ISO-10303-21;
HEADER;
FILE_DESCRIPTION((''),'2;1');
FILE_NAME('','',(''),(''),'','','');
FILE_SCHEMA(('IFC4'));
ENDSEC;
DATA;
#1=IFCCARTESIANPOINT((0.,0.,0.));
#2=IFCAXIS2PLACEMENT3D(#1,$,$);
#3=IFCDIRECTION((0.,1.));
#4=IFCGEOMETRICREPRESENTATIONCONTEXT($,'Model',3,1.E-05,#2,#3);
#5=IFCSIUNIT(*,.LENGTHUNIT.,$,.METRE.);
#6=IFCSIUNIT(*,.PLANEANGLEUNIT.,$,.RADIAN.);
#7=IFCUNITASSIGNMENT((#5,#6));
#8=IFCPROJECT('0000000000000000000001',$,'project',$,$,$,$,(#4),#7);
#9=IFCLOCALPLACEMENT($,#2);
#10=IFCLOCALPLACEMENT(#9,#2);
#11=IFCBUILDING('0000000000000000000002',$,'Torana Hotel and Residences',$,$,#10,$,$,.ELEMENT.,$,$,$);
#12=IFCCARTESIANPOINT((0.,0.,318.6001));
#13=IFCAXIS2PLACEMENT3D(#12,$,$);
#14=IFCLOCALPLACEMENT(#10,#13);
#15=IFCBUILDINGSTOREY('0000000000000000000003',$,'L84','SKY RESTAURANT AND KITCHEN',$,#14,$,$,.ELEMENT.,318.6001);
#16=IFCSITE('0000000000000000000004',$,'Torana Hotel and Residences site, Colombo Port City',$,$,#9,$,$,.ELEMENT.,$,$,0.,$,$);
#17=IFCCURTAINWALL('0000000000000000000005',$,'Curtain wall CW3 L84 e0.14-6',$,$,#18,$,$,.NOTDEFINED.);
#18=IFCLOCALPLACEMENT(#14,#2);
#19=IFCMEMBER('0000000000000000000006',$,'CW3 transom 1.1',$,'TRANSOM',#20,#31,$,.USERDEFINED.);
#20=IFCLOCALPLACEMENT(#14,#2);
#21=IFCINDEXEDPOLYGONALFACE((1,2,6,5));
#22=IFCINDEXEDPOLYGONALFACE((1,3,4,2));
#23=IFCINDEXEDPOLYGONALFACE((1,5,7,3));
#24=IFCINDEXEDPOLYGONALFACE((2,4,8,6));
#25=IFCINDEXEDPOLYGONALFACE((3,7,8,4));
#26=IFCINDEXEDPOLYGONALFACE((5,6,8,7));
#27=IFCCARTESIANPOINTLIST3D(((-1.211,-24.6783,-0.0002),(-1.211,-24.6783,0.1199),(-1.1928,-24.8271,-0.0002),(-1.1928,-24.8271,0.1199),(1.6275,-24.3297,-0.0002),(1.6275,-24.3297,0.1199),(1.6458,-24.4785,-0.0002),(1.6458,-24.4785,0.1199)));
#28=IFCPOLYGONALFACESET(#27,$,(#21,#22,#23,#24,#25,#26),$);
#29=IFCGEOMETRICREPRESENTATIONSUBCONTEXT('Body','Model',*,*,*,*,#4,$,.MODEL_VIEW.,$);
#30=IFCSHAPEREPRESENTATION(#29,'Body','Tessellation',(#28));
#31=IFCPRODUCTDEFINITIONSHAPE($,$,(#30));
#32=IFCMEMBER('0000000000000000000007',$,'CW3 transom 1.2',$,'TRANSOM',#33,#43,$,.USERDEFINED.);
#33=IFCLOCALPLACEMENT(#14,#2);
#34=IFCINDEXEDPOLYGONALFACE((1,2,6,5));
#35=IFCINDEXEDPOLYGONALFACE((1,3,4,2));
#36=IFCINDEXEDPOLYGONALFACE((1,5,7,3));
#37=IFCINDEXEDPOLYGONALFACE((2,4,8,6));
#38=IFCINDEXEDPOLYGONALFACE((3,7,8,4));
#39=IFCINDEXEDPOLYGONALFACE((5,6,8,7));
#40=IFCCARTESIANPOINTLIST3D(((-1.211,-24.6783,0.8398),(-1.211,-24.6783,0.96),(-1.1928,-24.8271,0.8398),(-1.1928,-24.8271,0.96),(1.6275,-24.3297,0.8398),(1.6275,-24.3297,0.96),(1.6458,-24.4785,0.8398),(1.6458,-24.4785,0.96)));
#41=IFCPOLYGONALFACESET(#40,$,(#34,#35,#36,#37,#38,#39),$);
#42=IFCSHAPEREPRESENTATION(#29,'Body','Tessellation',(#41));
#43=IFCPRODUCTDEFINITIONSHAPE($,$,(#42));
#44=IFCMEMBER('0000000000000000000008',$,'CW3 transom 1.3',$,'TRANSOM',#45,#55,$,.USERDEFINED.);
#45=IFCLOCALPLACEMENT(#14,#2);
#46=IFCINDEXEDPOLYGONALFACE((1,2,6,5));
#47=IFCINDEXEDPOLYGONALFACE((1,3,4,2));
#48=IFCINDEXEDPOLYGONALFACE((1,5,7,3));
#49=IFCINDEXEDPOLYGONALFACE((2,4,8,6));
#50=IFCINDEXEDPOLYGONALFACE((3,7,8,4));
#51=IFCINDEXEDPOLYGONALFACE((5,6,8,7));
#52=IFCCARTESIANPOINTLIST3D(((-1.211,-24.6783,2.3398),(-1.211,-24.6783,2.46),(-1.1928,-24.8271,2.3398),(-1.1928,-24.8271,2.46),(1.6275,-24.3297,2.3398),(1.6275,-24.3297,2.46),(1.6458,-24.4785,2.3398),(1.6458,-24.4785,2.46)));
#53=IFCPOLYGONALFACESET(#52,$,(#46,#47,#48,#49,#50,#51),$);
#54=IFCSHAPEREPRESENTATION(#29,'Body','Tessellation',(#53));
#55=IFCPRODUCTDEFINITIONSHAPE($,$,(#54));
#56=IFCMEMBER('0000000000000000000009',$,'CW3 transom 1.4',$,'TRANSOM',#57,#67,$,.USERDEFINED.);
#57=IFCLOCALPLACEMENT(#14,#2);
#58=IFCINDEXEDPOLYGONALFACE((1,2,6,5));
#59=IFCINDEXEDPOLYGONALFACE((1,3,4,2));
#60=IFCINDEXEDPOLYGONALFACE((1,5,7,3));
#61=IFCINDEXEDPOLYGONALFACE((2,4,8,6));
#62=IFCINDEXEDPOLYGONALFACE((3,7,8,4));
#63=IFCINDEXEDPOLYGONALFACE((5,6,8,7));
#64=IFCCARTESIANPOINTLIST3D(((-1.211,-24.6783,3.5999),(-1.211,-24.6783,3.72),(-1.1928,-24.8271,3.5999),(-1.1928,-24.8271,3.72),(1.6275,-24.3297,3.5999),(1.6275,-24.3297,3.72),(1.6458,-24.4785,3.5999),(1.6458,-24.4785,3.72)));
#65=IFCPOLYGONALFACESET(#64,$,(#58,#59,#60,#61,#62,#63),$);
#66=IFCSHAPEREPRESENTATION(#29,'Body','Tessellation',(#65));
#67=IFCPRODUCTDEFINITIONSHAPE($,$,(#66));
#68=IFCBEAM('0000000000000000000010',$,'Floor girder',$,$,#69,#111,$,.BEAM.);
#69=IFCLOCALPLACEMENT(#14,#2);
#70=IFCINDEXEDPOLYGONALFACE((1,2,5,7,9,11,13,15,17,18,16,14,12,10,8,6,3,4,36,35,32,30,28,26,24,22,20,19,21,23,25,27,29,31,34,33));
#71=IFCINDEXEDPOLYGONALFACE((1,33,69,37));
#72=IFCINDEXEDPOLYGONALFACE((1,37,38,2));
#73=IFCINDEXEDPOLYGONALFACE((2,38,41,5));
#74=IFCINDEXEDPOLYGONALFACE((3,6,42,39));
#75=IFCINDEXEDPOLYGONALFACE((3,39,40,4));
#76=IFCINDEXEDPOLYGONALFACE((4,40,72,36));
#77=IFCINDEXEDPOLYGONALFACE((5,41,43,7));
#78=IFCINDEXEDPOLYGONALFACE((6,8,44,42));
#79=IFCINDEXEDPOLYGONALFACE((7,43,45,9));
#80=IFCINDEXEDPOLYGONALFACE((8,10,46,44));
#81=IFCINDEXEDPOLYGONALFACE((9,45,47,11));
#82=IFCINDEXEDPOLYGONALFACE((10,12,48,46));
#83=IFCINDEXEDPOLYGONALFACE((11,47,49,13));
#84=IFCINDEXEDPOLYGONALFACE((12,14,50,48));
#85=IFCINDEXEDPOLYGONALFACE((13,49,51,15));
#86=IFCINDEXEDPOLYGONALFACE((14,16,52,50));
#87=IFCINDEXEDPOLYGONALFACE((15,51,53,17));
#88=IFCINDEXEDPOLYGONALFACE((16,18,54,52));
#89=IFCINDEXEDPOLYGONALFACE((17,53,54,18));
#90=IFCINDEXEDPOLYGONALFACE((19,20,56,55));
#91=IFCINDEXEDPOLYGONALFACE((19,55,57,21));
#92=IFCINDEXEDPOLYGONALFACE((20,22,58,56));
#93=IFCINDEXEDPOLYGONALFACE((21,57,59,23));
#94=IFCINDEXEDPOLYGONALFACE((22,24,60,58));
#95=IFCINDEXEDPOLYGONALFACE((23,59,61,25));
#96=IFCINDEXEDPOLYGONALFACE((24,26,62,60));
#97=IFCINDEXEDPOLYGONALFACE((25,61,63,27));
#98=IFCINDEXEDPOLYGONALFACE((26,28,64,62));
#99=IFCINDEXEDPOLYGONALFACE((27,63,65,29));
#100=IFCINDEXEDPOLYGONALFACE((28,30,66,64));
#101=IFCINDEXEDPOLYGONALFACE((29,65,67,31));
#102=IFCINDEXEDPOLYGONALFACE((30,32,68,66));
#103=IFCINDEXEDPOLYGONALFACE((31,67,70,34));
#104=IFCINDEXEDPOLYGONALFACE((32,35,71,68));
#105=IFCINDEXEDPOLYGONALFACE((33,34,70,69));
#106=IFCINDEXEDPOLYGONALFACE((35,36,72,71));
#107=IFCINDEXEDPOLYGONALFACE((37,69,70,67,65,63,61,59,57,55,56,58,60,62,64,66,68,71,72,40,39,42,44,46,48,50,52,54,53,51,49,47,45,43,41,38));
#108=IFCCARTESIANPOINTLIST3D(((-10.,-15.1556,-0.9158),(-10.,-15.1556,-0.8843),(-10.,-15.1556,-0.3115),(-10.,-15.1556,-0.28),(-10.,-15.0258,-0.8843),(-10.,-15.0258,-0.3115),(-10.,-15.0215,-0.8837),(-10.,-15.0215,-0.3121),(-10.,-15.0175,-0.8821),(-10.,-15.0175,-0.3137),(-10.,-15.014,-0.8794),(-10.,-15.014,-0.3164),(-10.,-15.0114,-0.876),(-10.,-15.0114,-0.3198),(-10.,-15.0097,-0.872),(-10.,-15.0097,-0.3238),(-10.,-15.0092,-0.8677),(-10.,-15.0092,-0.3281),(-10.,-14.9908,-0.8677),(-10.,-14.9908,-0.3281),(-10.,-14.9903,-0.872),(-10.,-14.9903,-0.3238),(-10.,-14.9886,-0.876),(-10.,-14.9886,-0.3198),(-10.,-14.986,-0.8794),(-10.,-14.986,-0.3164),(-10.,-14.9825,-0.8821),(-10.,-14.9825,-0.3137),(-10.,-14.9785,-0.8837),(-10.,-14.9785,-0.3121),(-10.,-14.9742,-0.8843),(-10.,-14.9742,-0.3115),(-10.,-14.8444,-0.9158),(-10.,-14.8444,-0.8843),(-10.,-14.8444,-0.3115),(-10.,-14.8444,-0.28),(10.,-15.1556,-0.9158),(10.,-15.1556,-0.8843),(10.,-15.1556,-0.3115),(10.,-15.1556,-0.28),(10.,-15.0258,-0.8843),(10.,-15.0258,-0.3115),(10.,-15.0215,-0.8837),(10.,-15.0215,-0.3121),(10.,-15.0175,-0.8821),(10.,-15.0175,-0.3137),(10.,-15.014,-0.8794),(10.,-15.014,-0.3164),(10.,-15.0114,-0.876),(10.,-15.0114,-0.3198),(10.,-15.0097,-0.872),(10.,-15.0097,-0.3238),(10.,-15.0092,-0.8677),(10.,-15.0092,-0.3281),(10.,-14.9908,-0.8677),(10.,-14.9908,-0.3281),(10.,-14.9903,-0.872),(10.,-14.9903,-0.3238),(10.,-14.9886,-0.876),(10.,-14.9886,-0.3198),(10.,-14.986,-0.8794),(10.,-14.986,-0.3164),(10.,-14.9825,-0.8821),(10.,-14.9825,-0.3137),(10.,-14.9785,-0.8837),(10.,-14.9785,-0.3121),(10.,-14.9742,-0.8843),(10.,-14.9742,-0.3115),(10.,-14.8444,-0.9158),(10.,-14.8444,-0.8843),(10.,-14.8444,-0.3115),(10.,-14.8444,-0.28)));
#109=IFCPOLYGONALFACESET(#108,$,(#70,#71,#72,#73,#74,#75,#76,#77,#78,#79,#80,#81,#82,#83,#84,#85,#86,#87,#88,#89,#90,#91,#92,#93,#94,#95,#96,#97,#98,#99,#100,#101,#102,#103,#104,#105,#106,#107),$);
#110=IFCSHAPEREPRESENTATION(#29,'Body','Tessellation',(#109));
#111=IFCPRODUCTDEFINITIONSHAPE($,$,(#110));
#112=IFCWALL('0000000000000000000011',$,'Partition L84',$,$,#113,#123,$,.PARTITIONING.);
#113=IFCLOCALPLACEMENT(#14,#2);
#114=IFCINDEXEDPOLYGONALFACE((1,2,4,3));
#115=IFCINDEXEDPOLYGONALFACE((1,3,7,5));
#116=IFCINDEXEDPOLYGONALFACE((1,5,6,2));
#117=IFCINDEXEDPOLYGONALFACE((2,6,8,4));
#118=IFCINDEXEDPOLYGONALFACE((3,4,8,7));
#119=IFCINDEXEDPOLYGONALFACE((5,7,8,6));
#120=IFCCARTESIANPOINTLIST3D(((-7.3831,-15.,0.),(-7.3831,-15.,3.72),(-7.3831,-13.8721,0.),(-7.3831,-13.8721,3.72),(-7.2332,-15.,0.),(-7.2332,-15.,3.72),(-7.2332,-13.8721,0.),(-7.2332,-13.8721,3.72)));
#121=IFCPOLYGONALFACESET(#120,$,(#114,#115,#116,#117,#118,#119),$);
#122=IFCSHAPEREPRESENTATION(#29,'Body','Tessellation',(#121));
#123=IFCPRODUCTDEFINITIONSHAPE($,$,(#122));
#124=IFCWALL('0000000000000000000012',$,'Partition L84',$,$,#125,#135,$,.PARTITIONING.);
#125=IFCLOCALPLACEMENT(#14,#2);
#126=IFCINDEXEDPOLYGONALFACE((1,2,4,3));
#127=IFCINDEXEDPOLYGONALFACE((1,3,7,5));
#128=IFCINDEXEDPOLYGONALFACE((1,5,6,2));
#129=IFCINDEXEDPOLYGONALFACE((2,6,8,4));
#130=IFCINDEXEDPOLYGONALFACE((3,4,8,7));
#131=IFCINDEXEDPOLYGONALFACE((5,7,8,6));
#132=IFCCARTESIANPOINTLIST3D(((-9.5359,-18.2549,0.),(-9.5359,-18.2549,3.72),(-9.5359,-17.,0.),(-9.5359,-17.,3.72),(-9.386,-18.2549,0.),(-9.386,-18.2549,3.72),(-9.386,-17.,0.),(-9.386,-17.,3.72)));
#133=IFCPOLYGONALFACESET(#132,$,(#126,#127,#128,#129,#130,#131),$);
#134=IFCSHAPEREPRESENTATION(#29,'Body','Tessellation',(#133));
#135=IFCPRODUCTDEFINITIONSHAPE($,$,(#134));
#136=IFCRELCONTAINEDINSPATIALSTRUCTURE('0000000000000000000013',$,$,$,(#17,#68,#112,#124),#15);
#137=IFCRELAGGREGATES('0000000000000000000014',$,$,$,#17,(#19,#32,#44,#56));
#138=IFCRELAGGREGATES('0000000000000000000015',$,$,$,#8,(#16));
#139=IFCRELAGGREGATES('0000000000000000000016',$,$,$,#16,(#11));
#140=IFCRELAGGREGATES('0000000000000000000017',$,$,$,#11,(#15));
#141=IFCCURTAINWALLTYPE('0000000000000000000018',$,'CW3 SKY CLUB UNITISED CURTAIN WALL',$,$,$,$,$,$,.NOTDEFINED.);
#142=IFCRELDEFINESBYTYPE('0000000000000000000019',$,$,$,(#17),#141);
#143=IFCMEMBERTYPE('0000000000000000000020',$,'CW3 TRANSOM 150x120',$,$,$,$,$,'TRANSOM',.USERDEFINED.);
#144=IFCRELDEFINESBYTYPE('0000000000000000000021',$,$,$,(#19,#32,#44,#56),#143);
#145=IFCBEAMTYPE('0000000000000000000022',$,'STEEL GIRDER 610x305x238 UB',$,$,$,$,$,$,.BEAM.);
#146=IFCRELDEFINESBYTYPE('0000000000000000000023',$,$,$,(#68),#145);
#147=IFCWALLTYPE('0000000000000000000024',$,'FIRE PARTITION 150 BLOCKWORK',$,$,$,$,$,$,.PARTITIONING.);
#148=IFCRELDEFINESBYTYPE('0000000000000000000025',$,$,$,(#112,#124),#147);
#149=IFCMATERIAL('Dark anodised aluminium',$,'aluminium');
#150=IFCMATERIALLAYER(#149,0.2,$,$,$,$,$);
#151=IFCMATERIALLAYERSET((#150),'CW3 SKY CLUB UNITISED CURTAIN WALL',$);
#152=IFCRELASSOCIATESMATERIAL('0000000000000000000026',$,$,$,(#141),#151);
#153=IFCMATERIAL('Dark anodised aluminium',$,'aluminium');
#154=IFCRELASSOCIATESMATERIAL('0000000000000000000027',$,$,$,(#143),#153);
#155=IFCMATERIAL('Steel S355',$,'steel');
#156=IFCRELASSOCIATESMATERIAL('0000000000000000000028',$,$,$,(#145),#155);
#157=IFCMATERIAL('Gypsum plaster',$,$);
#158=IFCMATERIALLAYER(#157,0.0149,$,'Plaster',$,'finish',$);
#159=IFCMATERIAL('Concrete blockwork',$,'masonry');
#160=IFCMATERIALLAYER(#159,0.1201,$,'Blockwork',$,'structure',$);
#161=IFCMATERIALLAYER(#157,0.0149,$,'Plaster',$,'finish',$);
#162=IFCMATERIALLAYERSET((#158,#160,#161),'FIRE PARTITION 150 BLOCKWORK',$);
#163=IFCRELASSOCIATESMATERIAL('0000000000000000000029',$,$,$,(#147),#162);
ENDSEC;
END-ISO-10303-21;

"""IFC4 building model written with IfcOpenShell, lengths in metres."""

from ifc_helpers import new_model, si_unit, direction, frame, frame_2d, origin, origin_2d, place, context, subcontext, project, spatial, rectangle, i_section, extrude, material, layer, layer_set, material_profile, profile_set, type_object, element, aggregate, save


model = new_model("IFC4")

# Units and contexts
model_context = context("Model", 3, precision=1e-05, world=origin(), true_north=direction((0.0, 1.0)))
body_context = subcontext(model_context, "Body", "Model", "MODEL_VIEW")
ifc_project = project(units=[si_unit("LENGTHUNIT", "METRE"), si_unit("PLANEANGLEUNIT", "RADIAN")], contexts=[model_context])

# Site, building, storey
site_placement = place(None, origin())
site = spatial("IfcSite", under=ifc_project, at=site_placement, Name="Torana Hotel and Residences site, Colombo Port City", CompositionType="ELEMENT", RefElevation=0.0)
building_placement = place(site_placement, origin())
building = spatial("IfcBuilding", under=site, at=building_placement, Name="Torana Hotel and Residences", CompositionType="ELEMENT")
storey_placement = place(building_placement, frame((0.0, 0.0, 318.6001)))
storey = spatial("IfcBuildingStorey", under=building, at=storey_placement, Name="L84", Description="SKY RESTAURANT AND KITCHEN", CompositionType="ELEMENT", Elevation=318.6001)

# Shared definitions
ifc_material_1 = material(Name="Dark anodised aluminium", Category="aluminium")
ifc_layer_1 = layer(ifc_material_1, 0.2)
ifc_layer_set_1 = layer_set([ifc_layer_1], Name="CW3 SKY CLUB UNITISED CURTAIN WALL")
curtain_wall_type = type_object("IfcCurtainWallType", Name="CW3 SKY CLUB UNITISED CURTAIN WALL", PredefinedType="NOTDEFINED", material=ifc_layer_set_1)

# Curtain wall, members
curtain_wall_1_placement = place(storey_placement, origin())
curtain_wall_1 = element("IfcCurtainWall", 1, at=curtain_wall_1_placement, inside=storey, type_object=curtain_wall_type, Name="Curtain wall CW3 L84 e0.14-6", PredefinedType="NOTDEFINED")
ifc_material_2 = material(Name="Dark anodised aluminium", Category="aluminium")
ifc_material_profile_1 = material_profile(ifc_material_2, rectangle(XDim=0.1499, YDim=0.1201, at=origin_2d()), Name="CW3 TRANSOM 150x120")
ifc_profile_set_1 = profile_set([ifc_material_profile_1], Name="Dark anodised aluminium")
member_type_1 = type_object("IfcMemberType", Name="CW3 TRANSOM 150x120", ElementType="TRANSOM", PredefinedType="USERDEFINED", material=ifc_profile_set_1)
member_1_placement = place(storey_placement, frame((-1.2019, -24.7527, 0.0598), z_axis=(0.992542, 0.121902, 0.0), x_axis=(-0.121902, 0.992542, 0.0)))
member_1 = element("IfcMember", 2, at=member_1_placement, type_object=member_type_1, Name="CW3 transom 1.1", ObjectType="TRANSOM", PredefinedType="USERDEFINED", context=body_context, shape_type="SweptSolid", body=[
    extrude(rectangle(XDim=0.1499, YDim=0.1201, at=origin_2d()), origin(), (0.0, 0.0, 1.0), 2.8599),
])
member_2_placement = place(storey_placement, frame((-1.2019, -24.7527, 0.8999), z_axis=(0.992542, 0.121902, 0.0), x_axis=(-0.121902, 0.992542, 0.0)))
member_2 = element("IfcMember", 3, at=member_2_placement, type_object=member_type_1, Name="CW3 transom 1.2", ObjectType="TRANSOM", PredefinedType="USERDEFINED", context=body_context, shape_type="SweptSolid", body=[
    extrude(rectangle(XDim=0.1499, YDim=0.1201, at=origin_2d()), origin(), (0.0, 0.0, 1.0), 2.8599),
])
member_3_placement = place(storey_placement, frame((-1.2019, -24.7527, 2.3999), z_axis=(0.992542, 0.121902, 0.0), x_axis=(-0.121902, 0.992542, 0.0)))
member_3 = element("IfcMember", 4, at=member_3_placement, type_object=member_type_1, Name="CW3 transom 1.3", ObjectType="TRANSOM", PredefinedType="USERDEFINED", context=body_context, shape_type="SweptSolid", body=[
    extrude(rectangle(XDim=0.1499, YDim=0.1201, at=origin_2d()), origin(), (0.0, 0.0, 1.0), 2.8599),
])
member_4_placement = place(storey_placement, frame((-1.2019, -24.7527, 3.6599), z_axis=(0.992542, 0.121902, 0.0), x_axis=(-0.121902, 0.992542, 0.0)))
member_4 = element("IfcMember", 5, at=member_4_placement, type_object=member_type_1, Name="CW3 transom 1.4", ObjectType="TRANSOM", PredefinedType="USERDEFINED", context=body_context, shape_type="SweptSolid", body=[
    extrude(rectangle(XDim=0.1499, YDim=0.1201, at=origin_2d()), origin(), (0.0, 0.0, 1.0), 2.8599),
])
aggregate(curtain_wall_1, [member_1, member_2, member_3, member_4])

# Beam
ifc_material_3 = material(Name="Steel S355", Category="steel")
ifc_material_profile_2 = material_profile(ifc_material_3, i_section(OverallWidth=0.3113, OverallDepth=0.6357, WebThickness=0.0183, FlangeThickness=0.0315, FilletRadius=0.0166, at=origin_2d()), Name="610x305x238 UB")
ifc_profile_set_2 = profile_set([ifc_material_profile_2], Name="Steel S355")
beam_type_1 = type_object("IfcBeamType", Name="STEEL GIRDER 610x305x238 UB", PredefinedType="BEAM", material=ifc_profile_set_2)
beam_1_placement = place(storey_placement, frame((-10.0, -15.0, -0.5979), z_axis=(1.0, 0.0, 0.0), x_axis=(0.0, 1.0, 0.0)))
element("IfcBeam", 6, at=beam_1_placement, inside=storey, type_object=beam_type_1, Name="Floor girder", PredefinedType="BEAM", context=body_context, shape_type="SweptSolid", body=[
    extrude(i_section(OverallWidth=0.3113, OverallDepth=0.6357, WebThickness=0.0183, FlangeThickness=0.0315, FilletRadius=0.0166, at=origin_2d()), origin(), (0.0, 0.0, 1.0), 20.0),
])

# Walls
ifc_material_4 = material(Name="Gypsum plaster")
ifc_layer_2 = layer(ifc_material_4, 0.0149, Name="Plaster", Category="finish")
ifc_material_5 = material(Name="Concrete blockwork", Category="masonry")
ifc_layer_3 = layer(ifc_material_5, 0.1201, Name="Blockwork", Category="structure")
ifc_layer_4 = layer(ifc_material_4, 0.0149, Name="Plaster", Category="finish")
ifc_layer_set_2 = layer_set([ifc_layer_2, ifc_layer_3, ifc_layer_4], Name="FIRE PARTITION 150 BLOCKWORK")
wall_type_1 = type_object("IfcWallType", Name="FIRE PARTITION 150 BLOCKWORK", PredefinedType="PARTITIONING", material=ifc_layer_set_2)
wall_1_placement = place(storey_placement, frame((-7.3081, -15.0, 0.0), z_axis=(0.0, 0.0, 1.0), x_axis=(0.0, 1.0, 0.0)))
element("IfcWall", 7, at=wall_1_placement, inside=storey, type_object=wall_type_1, Name="Partition L84", PredefinedType="PARTITIONING", context=body_context, shape_type="SweptSolid", body=[
    extrude(rectangle(XDim=1.1279, YDim=0.1499, at=frame_2d((0.564, 0.0))), origin(), (0.0, 0.0, 1.0), 3.72),
])
wall_2_placement = place(storey_placement, frame((-9.4609, -18.2549, 0.0), z_axis=(0.0, 0.0, 1.0), x_axis=(0.0, 1.0, 0.0)))
element("IfcWall", 8, at=wall_2_placement, inside=storey, type_object=wall_type_1, Name="Partition L84", PredefinedType="PARTITIONING", context=body_context, shape_type="SweptSolid", body=[
    extrude(rectangle(XDim=1.2549, YDim=0.1499, at=frame_2d((0.6274, 0.0))), origin(), (0.0, 0.0, 1.0), 3.72),
])

save(model, "model.ifc")
